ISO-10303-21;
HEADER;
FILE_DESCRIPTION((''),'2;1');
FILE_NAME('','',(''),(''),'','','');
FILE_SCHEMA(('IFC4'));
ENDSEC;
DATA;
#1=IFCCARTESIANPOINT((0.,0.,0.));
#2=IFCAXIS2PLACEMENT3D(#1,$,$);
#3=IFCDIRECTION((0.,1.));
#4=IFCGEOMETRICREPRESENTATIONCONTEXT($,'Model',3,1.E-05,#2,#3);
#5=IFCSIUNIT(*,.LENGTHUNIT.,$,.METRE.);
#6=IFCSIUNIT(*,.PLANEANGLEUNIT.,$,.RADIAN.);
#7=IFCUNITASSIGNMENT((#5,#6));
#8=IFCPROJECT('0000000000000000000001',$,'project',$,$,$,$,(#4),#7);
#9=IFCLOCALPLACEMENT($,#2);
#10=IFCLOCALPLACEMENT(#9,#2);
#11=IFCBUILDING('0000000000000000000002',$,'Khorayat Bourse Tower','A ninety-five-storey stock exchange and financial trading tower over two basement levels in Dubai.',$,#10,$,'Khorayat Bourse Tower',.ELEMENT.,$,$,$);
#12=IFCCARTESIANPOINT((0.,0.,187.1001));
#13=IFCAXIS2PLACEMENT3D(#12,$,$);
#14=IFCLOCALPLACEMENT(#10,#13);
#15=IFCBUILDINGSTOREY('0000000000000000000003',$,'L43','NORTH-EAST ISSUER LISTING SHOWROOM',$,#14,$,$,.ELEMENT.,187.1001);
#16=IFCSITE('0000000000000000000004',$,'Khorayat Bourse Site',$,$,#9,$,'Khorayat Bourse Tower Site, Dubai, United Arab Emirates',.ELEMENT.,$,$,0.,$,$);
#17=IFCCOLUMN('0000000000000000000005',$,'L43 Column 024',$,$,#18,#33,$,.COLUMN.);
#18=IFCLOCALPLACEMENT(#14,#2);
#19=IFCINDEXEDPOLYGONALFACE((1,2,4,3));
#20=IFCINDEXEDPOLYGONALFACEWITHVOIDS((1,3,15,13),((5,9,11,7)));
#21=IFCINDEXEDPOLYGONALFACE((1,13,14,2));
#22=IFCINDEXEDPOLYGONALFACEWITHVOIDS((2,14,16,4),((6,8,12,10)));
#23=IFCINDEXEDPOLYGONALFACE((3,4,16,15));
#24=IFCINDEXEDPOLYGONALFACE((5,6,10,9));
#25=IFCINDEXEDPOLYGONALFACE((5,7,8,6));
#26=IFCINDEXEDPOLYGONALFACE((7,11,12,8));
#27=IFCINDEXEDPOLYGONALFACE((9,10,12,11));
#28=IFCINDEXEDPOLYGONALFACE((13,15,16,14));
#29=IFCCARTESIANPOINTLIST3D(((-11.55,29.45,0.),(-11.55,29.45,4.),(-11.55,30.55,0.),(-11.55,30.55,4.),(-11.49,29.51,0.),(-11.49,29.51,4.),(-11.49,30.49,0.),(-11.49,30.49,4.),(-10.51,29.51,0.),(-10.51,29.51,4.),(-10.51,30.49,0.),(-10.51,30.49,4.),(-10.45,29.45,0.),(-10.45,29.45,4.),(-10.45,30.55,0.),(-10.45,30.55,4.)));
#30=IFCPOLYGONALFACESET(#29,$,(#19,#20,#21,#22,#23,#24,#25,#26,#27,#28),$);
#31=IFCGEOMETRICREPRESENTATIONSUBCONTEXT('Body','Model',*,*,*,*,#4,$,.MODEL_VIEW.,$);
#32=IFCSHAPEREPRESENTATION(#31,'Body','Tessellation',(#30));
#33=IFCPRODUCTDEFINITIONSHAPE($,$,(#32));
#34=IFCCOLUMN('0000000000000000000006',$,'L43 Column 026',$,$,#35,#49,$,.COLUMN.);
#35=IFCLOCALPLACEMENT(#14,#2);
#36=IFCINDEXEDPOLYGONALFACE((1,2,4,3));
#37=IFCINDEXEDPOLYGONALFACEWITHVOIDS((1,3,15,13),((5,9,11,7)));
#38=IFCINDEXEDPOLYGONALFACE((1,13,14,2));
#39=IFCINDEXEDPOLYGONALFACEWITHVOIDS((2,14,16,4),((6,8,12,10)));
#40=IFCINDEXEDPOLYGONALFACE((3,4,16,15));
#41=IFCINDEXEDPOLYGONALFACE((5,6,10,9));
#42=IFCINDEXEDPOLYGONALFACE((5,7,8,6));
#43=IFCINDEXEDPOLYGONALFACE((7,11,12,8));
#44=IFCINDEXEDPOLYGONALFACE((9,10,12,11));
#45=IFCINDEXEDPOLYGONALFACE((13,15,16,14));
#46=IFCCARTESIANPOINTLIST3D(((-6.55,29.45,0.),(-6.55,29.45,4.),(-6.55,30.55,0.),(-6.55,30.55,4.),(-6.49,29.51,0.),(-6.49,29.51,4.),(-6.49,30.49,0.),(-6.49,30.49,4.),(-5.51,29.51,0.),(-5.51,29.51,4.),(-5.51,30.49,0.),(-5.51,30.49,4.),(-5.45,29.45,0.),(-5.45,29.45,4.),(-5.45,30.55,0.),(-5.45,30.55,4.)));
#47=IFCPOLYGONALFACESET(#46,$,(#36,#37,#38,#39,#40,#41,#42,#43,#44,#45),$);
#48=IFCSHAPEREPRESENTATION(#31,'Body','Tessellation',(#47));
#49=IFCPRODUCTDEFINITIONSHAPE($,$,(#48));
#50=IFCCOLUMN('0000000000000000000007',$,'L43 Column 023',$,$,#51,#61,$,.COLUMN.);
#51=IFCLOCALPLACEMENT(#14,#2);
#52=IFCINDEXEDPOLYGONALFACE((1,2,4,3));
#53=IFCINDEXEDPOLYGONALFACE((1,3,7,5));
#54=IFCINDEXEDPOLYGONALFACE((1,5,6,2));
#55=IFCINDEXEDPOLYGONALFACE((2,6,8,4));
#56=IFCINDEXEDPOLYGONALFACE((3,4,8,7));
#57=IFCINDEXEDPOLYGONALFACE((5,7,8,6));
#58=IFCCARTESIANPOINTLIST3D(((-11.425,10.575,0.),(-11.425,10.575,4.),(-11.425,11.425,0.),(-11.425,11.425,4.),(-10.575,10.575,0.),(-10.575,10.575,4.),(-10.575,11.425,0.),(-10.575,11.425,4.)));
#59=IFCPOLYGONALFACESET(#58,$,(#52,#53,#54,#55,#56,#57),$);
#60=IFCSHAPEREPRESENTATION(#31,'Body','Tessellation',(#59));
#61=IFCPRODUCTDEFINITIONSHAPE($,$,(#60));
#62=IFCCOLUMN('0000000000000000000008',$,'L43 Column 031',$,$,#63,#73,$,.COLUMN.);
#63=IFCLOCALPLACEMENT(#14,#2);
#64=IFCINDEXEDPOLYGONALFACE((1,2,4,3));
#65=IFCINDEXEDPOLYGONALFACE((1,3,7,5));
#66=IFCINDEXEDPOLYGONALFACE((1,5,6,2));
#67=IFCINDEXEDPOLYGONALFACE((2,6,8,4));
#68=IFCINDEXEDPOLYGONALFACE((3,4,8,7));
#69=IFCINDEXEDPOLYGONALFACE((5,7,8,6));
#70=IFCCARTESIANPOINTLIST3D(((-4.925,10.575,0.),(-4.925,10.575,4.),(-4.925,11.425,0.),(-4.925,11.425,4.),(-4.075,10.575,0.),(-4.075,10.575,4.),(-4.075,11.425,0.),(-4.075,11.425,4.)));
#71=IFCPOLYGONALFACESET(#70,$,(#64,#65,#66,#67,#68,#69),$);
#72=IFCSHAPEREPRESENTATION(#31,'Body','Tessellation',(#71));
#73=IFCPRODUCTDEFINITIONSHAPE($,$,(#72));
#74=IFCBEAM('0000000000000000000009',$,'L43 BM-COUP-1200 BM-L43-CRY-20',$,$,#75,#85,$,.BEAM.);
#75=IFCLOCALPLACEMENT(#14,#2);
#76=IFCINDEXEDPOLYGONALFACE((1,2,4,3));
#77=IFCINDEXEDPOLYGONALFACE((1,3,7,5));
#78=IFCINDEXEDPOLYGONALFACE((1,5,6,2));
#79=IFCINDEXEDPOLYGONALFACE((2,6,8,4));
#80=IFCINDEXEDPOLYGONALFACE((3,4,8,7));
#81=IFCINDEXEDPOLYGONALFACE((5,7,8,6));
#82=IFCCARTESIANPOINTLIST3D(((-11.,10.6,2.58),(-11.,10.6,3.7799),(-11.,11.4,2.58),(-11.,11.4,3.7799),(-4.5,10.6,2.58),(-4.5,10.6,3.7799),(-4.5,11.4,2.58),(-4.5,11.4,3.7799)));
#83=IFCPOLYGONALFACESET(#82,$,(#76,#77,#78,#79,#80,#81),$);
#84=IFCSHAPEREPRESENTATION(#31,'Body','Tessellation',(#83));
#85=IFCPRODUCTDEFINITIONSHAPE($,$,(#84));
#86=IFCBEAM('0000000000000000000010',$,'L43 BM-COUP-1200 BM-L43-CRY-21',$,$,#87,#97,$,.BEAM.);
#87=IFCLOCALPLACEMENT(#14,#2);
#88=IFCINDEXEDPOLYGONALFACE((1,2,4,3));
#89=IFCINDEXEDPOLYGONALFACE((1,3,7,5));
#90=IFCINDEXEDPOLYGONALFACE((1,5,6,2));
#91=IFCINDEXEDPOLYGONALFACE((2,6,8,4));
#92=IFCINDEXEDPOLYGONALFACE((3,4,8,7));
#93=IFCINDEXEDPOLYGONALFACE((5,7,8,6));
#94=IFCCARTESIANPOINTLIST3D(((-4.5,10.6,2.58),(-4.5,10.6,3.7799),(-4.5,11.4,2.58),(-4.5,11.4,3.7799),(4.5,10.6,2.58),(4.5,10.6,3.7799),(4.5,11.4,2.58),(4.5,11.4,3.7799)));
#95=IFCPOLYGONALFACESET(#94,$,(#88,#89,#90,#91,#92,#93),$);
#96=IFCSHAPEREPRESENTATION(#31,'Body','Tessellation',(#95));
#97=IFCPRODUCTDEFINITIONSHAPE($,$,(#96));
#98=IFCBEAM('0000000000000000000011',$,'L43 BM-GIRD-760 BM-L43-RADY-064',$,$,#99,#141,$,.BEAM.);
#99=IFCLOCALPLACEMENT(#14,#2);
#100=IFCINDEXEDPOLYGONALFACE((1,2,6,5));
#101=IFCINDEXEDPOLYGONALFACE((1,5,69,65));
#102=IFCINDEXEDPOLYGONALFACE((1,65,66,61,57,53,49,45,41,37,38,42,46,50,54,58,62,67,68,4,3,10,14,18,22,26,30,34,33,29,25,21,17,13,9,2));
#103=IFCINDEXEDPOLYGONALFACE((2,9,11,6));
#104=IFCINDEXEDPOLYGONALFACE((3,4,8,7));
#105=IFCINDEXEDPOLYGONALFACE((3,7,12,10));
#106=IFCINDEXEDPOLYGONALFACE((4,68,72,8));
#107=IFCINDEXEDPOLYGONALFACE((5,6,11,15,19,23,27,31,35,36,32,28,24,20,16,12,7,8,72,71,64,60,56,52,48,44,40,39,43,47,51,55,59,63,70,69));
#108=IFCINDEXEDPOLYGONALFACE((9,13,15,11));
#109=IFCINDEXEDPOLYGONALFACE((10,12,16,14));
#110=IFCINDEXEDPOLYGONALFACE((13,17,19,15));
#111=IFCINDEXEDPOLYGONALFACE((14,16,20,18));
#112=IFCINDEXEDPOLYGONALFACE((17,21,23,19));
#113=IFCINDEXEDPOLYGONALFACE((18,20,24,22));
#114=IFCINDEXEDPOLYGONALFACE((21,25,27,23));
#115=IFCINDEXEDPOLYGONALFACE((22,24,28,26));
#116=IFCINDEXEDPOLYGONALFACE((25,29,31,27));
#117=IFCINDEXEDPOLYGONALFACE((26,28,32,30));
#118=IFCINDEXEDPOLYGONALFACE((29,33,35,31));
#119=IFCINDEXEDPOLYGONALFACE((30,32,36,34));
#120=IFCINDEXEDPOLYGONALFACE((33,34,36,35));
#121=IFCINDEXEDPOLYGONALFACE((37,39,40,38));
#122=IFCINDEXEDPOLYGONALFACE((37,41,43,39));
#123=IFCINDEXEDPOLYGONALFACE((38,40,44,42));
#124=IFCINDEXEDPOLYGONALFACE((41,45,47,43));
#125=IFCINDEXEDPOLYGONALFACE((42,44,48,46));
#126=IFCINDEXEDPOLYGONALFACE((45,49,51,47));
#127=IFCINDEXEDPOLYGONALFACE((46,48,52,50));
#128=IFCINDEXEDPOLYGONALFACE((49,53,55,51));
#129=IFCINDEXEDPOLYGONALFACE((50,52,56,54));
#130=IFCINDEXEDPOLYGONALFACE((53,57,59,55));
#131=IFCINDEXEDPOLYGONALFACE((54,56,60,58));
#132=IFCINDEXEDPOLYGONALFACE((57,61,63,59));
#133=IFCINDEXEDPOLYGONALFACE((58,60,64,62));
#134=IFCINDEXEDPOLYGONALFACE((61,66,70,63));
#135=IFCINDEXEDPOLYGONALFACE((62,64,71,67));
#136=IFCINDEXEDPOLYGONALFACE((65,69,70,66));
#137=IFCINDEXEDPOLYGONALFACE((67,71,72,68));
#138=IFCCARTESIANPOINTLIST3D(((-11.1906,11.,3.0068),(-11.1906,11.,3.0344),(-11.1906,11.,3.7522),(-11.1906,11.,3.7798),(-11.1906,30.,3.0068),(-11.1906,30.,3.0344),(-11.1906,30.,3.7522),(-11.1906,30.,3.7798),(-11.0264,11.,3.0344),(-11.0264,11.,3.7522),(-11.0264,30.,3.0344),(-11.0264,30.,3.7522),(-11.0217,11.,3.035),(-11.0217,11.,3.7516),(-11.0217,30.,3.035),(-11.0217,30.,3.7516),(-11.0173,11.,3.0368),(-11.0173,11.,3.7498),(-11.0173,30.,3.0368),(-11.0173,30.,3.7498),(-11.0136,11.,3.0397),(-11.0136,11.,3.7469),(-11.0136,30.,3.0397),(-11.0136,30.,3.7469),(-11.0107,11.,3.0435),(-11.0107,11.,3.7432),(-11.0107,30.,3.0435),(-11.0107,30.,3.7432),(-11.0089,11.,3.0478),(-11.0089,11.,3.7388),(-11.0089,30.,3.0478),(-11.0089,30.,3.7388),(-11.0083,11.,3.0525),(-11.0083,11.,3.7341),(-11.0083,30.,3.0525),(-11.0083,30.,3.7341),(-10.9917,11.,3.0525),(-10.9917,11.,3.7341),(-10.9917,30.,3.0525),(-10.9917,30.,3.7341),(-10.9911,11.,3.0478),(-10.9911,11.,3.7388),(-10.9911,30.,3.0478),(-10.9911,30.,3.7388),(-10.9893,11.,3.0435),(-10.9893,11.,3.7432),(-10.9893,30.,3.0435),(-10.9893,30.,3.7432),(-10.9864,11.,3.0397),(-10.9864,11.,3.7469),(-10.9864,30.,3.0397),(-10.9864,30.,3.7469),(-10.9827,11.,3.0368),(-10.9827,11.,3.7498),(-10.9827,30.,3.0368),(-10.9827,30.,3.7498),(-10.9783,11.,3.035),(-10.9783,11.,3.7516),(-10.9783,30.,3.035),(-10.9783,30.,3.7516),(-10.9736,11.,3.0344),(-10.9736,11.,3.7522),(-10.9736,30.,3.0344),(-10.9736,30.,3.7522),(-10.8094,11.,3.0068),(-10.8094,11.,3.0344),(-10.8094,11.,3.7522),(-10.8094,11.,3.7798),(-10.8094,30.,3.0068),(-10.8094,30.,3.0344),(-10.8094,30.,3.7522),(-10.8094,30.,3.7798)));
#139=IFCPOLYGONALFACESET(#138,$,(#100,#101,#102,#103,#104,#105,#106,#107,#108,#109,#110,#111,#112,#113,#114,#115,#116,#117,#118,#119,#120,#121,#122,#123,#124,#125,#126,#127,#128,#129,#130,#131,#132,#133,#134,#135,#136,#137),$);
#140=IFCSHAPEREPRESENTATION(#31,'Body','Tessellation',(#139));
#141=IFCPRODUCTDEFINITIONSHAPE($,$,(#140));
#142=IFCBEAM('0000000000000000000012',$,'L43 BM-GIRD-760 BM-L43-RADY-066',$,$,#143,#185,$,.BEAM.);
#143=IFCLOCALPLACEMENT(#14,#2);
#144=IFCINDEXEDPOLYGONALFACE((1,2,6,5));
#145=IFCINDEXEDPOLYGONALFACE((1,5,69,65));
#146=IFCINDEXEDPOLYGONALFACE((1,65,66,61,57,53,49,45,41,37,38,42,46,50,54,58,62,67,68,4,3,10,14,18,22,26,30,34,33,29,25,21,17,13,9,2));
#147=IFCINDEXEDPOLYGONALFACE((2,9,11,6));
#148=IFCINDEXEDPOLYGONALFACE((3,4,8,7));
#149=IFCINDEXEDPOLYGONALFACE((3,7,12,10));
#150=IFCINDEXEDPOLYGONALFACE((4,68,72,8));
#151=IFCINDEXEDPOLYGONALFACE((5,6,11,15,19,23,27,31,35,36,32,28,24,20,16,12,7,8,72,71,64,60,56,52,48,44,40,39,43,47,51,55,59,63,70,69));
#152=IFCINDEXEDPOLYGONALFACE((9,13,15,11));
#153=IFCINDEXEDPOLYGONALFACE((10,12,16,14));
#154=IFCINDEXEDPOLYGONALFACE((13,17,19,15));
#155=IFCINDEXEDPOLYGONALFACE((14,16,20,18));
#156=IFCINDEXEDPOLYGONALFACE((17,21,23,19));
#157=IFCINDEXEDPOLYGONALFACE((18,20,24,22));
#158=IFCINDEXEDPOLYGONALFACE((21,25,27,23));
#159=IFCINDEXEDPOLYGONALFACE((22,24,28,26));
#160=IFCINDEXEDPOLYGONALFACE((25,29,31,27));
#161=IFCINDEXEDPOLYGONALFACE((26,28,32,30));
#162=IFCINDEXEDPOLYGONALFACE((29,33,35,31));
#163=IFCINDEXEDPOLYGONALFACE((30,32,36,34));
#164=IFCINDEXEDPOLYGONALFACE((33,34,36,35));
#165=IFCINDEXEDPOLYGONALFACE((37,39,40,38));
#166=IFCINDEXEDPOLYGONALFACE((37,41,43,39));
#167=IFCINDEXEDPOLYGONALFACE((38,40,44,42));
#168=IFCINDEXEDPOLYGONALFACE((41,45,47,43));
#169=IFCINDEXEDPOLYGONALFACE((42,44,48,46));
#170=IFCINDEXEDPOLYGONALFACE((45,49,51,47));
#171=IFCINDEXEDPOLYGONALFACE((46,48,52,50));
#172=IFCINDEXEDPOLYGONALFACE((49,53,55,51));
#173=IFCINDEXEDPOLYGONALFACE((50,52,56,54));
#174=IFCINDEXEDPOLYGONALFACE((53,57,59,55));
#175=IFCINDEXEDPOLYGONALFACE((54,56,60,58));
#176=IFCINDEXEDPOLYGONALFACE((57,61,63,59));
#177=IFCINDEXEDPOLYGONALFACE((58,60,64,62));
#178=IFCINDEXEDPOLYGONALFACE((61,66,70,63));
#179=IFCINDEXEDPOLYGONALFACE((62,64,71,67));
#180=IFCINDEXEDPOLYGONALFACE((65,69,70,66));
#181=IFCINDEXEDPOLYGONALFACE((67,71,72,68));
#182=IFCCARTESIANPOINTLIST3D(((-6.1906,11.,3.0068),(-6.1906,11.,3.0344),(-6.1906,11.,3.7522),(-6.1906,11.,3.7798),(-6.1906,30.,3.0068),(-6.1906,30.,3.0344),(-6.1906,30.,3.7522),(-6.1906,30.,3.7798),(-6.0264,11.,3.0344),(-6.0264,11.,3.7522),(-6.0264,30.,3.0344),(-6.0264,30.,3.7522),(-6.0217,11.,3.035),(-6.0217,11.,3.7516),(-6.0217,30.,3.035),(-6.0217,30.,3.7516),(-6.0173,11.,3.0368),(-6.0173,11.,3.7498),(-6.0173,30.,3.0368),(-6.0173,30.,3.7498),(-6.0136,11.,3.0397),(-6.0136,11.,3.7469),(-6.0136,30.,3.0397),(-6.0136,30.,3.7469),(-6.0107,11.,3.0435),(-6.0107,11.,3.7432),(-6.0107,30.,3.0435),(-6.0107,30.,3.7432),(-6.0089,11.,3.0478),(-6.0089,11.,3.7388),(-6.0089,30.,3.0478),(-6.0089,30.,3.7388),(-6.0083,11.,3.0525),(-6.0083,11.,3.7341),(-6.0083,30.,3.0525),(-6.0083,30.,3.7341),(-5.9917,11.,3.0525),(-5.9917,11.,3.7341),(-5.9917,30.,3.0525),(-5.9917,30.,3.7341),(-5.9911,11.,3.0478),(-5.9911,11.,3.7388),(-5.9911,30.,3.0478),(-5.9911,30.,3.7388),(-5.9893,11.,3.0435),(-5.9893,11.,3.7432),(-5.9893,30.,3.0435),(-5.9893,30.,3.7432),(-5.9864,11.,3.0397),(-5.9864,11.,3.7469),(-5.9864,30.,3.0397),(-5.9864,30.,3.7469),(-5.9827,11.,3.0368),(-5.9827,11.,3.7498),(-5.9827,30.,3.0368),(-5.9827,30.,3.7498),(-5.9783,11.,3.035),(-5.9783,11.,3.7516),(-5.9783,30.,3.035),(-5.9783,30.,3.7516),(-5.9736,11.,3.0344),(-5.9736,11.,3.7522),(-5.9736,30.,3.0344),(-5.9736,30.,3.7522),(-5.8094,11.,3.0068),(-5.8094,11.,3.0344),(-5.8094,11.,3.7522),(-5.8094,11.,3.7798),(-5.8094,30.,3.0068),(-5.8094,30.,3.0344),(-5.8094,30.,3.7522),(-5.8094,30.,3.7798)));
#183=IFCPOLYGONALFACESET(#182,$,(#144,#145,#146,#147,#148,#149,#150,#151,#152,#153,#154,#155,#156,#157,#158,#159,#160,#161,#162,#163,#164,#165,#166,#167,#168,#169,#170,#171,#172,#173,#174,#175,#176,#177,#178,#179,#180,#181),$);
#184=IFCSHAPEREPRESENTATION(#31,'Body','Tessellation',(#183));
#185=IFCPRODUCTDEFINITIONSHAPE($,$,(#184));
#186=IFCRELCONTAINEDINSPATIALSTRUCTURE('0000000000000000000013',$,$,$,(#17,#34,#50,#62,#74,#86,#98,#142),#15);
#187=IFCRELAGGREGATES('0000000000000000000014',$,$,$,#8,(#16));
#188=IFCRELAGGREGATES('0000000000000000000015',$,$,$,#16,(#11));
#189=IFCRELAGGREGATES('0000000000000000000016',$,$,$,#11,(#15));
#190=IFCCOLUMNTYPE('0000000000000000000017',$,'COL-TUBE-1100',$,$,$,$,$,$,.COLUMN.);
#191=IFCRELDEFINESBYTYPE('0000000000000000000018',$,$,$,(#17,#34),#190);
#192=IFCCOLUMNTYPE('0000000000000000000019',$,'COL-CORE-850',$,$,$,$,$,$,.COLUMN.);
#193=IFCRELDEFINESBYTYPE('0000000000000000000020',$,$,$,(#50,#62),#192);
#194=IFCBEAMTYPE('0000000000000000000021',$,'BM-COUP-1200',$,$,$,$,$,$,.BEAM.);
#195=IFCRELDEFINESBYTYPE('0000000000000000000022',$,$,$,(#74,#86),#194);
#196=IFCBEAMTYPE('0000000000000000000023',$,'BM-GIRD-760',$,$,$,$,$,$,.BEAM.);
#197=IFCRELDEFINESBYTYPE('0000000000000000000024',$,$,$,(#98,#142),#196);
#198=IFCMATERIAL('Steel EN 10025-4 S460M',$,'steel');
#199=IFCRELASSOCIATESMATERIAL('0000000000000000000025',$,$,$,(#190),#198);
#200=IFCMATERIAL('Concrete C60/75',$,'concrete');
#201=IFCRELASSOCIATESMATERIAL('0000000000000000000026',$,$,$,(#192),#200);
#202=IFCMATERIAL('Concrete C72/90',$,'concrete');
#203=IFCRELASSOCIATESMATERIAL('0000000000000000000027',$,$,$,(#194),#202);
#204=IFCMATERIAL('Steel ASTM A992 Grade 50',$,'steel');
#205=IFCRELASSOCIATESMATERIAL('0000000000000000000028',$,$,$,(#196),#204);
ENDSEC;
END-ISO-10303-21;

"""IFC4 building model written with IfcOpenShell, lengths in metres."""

from ifc_helpers import new_model, si_unit, direction, frame, origin, origin_2d, place, context, subcontext, project, spatial, rectangle, hollow_rectangle, i_section, extrude, source, transform, mapped, material, material_profile, profile_set, type_object, element, save


model = new_model("IFC4")

# Units and contexts
model_context = context("Model", 3, precision=1e-05, world=origin(), true_north=direction((0.0, 1.0)))
body_context = subcontext(model_context, "Body", "Model", "MODEL_VIEW")
ifc_project = project(units=[si_unit("LENGTHUNIT", "METRE"), si_unit("PLANEANGLEUNIT", "RADIAN")], contexts=[model_context])

# Site, building, storey
site_placement = place(None, origin())
site = spatial("IfcSite", under=ifc_project, at=site_placement, Name="Khorayat Bourse Site", LongName="Khorayat Bourse Tower Site, Dubai, United Arab Emirates", CompositionType="ELEMENT", RefElevation=0.0)
building_placement = place(site_placement, origin())
building = spatial("IfcBuilding", under=site, at=building_placement, Name="Khorayat Bourse Tower", Description="A ninety-five-storey stock exchange and financial trading tower over two basement levels in Dubai.", LongName="Khorayat Bourse Tower", CompositionType="ELEMENT")
storey_placement = place(building_placement, frame((0.0, 0.0, 187.1001)))
storey = spatial("IfcBuildingStorey", under=building, at=storey_placement, Name="L43", Description="NORTH-EAST ISSUER LISTING SHOWROOM", CompositionType="ELEMENT", Elevation=187.1001)

# Columns
ifc_material_1 = material(Name="Steel EN 10025-4 S460M", Category="steel")
ifc_material_profile_1 = material_profile(ifc_material_1, hollow_rectangle(XDim=1.1001, YDim=1.1001, WallThickness=0.0601, at=origin_2d()), Name="BOX 1100x1100x60")
ifc_profile_set_1 = profile_set([ifc_material_profile_1], Name="Steel EN 10025-4 S460M")
column_type_1 = type_object("IfcColumnType", Name="COL-TUBE-1100", PredefinedType="COLUMN", material=ifc_profile_set_1)
shared_shape_1 = source(origin(), body_context, "Body", "SweptSolid", [
    extrude(hollow_rectangle(XDim=1.1001, YDim=1.1001, WallThickness=0.0601, at=origin_2d()), origin(), (0.0, 0.0, 1.0), 4.0),
])
for number, where, z_axis, x_axis, name in (
    (1, (-11.0, 30.0, 0.0), (0.0, 0.0, 1.0), (1.0, 0.0, 0.0), "L43 Column 024"),
    (2, (-6.0, 30.0, 0.0), (0.0, 0.0, 1.0), (1.0, 0.0, 0.0), "L43 Column 026"),
):
    element("IfcColumn", number, at=place(storey_placement, frame(where, z_axis=z_axis, x_axis=x_axis)), inside=storey, type_object=column_type_1, Name=name, PredefinedType="COLUMN", context=body_context, shape_type="MappedRepresentation", body=[
        mapped(shared_shape_1, transform((0.0, 0.0, 0.0), scale=1.0)),
    ])
ifc_material_2 = material(Name="Concrete C60/75", Category="concrete")
ifc_material_profile_2 = material_profile(ifc_material_2, rectangle(XDim=0.8501, YDim=0.8501, at=origin_2d()), Name="RC 850x850")
ifc_profile_set_2 = profile_set([ifc_material_profile_2], Name="Concrete C60/75")
column_type_2 = type_object("IfcColumnType", Name="COL-CORE-850", PredefinedType="COLUMN", material=ifc_profile_set_2)
shared_shape_2 = source(origin(), body_context, "Body", "SweptSolid", [
    extrude(rectangle(XDim=0.8501, YDim=0.8501, at=origin_2d()), origin(), (0.0, 0.0, 1.0), 4.0),
])
for number, where, z_axis, x_axis, name in (
    (3, (-11.0, 11.0, 0.0), (0.0, 0.0, 1.0), (1.0, 0.0, 0.0), "L43 Column 023"),
    (4, (-4.5, 11.0, 0.0), (0.0, 0.0, 1.0), (1.0, 0.0, 0.0), "L43 Column 031"),
):
    element("IfcColumn", number, at=place(storey_placement, frame(where, z_axis=z_axis, x_axis=x_axis)), inside=storey, type_object=column_type_2, Name=name, PredefinedType="COLUMN", context=body_context, shape_type="MappedRepresentation", body=[
        mapped(shared_shape_2, transform((0.0, 0.0, 0.0), scale=1.0)),
    ])

# Beams
ifc_material_3 = material(Name="Concrete C72/90", Category="concrete")
ifc_material_profile_3 = material_profile(ifc_material_3, rectangle(XDim=0.8, YDim=1.2, at=origin_2d()), Name="RC 800x1200")
ifc_profile_set_3 = profile_set([ifc_material_profile_3], Name="Concrete C72/90")
beam_type_1 = type_object("IfcBeamType", Name="BM-COUP-1200", PredefinedType="BEAM", material=ifc_profile_set_3)
shared_shape_3 = source(origin(), body_context, "Body", "SweptSolid", [
    extrude(rectangle(XDim=0.8, YDim=1.2, at=origin_2d()), origin(), (0.0, 0.0, 1.0), 6.5),
])
beam_1_placement = place(storey_placement, frame((-11.0, 11.0, 3.1799), z_axis=(1.0, 0.0, 0.0), x_axis=(0.0, 1.0, 0.0)))
element("IfcBeam", 5, at=beam_1_placement, inside=storey, type_object=beam_type_1, Name="L43 BM-COUP-1200 BM-L43-CRY-20", PredefinedType="BEAM", context=body_context, shape_type="MappedRepresentation", body=[
    mapped(shared_shape_3, transform((0.0, 0.0, 0.0), scale=1.0)),
])
shared_shape_4 = source(origin(), body_context, "Body", "SweptSolid", [
    extrude(rectangle(XDim=0.8, YDim=1.2, at=origin_2d()), origin(), (0.0, 0.0, 1.0), 9.0),
])
beam_2_placement = place(storey_placement, frame((-4.5, 11.0, 3.1799), z_axis=(1.0, 0.0, 0.0), x_axis=(0.0, 1.0, 0.0)))
element("IfcBeam", 6, at=beam_2_placement, inside=storey, type_object=beam_type_1, Name="L43 BM-COUP-1200 BM-L43-CRY-21", PredefinedType="BEAM", context=body_context, shape_type="MappedRepresentation", body=[
    mapped(shared_shape_4, transform((0.0, 0.0, 0.0), scale=1.0)),
])
ifc_material_4 = material(Name="Steel ASTM A992 Grade 50", Category="steel")
ifc_material_profile_4 = material_profile(ifc_material_4, i_section(OverallWidth=0.3811, OverallDepth=0.7729, WebThickness=0.0166, FlangeThickness=0.0276, FilletRadius=0.0181, at=origin_2d()), Name="W760X257")
ifc_profile_set_4 = profile_set([ifc_material_profile_4], Name="Steel ASTM A992 Grade 50")
beam_type_2 = type_object("IfcBeamType", Name="BM-GIRD-760", PredefinedType="BEAM", material=ifc_profile_set_4)
shared_shape_5 = source(origin(), body_context, "Body", "SweptSolid", [
    extrude(i_section(OverallWidth=0.3811, OverallDepth=0.7729, WebThickness=0.0166, FlangeThickness=0.0276, FilletRadius=0.0181, at=origin_2d()), origin(), (0.0, 0.0, 1.0), 19.0),
])
for number, where, z_axis, x_axis, name in (
    (7, (-11.0, 11.0, 3.3933), (0.0, 1.0, 0.0), (-1.0, 0.0, 0.0), "L43 BM-GIRD-760 BM-L43-RADY-064"),
    (8, (-6.0, 11.0, 3.3933), (0.0, 1.0, 0.0), (-1.0, 0.0, 0.0), "L43 BM-GIRD-760 BM-L43-RADY-066"),
):
    element("IfcBeam", number, at=place(storey_placement, frame(where, z_axis=z_axis, x_axis=x_axis)), inside=storey, type_object=beam_type_2, Name=name, PredefinedType="BEAM", context=body_context, shape_type="MappedRepresentation", body=[
        mapped(shared_shape_5, transform((0.0, 0.0, 0.0), scale=1.0)),
    ])

save(model, "model.ifc")
